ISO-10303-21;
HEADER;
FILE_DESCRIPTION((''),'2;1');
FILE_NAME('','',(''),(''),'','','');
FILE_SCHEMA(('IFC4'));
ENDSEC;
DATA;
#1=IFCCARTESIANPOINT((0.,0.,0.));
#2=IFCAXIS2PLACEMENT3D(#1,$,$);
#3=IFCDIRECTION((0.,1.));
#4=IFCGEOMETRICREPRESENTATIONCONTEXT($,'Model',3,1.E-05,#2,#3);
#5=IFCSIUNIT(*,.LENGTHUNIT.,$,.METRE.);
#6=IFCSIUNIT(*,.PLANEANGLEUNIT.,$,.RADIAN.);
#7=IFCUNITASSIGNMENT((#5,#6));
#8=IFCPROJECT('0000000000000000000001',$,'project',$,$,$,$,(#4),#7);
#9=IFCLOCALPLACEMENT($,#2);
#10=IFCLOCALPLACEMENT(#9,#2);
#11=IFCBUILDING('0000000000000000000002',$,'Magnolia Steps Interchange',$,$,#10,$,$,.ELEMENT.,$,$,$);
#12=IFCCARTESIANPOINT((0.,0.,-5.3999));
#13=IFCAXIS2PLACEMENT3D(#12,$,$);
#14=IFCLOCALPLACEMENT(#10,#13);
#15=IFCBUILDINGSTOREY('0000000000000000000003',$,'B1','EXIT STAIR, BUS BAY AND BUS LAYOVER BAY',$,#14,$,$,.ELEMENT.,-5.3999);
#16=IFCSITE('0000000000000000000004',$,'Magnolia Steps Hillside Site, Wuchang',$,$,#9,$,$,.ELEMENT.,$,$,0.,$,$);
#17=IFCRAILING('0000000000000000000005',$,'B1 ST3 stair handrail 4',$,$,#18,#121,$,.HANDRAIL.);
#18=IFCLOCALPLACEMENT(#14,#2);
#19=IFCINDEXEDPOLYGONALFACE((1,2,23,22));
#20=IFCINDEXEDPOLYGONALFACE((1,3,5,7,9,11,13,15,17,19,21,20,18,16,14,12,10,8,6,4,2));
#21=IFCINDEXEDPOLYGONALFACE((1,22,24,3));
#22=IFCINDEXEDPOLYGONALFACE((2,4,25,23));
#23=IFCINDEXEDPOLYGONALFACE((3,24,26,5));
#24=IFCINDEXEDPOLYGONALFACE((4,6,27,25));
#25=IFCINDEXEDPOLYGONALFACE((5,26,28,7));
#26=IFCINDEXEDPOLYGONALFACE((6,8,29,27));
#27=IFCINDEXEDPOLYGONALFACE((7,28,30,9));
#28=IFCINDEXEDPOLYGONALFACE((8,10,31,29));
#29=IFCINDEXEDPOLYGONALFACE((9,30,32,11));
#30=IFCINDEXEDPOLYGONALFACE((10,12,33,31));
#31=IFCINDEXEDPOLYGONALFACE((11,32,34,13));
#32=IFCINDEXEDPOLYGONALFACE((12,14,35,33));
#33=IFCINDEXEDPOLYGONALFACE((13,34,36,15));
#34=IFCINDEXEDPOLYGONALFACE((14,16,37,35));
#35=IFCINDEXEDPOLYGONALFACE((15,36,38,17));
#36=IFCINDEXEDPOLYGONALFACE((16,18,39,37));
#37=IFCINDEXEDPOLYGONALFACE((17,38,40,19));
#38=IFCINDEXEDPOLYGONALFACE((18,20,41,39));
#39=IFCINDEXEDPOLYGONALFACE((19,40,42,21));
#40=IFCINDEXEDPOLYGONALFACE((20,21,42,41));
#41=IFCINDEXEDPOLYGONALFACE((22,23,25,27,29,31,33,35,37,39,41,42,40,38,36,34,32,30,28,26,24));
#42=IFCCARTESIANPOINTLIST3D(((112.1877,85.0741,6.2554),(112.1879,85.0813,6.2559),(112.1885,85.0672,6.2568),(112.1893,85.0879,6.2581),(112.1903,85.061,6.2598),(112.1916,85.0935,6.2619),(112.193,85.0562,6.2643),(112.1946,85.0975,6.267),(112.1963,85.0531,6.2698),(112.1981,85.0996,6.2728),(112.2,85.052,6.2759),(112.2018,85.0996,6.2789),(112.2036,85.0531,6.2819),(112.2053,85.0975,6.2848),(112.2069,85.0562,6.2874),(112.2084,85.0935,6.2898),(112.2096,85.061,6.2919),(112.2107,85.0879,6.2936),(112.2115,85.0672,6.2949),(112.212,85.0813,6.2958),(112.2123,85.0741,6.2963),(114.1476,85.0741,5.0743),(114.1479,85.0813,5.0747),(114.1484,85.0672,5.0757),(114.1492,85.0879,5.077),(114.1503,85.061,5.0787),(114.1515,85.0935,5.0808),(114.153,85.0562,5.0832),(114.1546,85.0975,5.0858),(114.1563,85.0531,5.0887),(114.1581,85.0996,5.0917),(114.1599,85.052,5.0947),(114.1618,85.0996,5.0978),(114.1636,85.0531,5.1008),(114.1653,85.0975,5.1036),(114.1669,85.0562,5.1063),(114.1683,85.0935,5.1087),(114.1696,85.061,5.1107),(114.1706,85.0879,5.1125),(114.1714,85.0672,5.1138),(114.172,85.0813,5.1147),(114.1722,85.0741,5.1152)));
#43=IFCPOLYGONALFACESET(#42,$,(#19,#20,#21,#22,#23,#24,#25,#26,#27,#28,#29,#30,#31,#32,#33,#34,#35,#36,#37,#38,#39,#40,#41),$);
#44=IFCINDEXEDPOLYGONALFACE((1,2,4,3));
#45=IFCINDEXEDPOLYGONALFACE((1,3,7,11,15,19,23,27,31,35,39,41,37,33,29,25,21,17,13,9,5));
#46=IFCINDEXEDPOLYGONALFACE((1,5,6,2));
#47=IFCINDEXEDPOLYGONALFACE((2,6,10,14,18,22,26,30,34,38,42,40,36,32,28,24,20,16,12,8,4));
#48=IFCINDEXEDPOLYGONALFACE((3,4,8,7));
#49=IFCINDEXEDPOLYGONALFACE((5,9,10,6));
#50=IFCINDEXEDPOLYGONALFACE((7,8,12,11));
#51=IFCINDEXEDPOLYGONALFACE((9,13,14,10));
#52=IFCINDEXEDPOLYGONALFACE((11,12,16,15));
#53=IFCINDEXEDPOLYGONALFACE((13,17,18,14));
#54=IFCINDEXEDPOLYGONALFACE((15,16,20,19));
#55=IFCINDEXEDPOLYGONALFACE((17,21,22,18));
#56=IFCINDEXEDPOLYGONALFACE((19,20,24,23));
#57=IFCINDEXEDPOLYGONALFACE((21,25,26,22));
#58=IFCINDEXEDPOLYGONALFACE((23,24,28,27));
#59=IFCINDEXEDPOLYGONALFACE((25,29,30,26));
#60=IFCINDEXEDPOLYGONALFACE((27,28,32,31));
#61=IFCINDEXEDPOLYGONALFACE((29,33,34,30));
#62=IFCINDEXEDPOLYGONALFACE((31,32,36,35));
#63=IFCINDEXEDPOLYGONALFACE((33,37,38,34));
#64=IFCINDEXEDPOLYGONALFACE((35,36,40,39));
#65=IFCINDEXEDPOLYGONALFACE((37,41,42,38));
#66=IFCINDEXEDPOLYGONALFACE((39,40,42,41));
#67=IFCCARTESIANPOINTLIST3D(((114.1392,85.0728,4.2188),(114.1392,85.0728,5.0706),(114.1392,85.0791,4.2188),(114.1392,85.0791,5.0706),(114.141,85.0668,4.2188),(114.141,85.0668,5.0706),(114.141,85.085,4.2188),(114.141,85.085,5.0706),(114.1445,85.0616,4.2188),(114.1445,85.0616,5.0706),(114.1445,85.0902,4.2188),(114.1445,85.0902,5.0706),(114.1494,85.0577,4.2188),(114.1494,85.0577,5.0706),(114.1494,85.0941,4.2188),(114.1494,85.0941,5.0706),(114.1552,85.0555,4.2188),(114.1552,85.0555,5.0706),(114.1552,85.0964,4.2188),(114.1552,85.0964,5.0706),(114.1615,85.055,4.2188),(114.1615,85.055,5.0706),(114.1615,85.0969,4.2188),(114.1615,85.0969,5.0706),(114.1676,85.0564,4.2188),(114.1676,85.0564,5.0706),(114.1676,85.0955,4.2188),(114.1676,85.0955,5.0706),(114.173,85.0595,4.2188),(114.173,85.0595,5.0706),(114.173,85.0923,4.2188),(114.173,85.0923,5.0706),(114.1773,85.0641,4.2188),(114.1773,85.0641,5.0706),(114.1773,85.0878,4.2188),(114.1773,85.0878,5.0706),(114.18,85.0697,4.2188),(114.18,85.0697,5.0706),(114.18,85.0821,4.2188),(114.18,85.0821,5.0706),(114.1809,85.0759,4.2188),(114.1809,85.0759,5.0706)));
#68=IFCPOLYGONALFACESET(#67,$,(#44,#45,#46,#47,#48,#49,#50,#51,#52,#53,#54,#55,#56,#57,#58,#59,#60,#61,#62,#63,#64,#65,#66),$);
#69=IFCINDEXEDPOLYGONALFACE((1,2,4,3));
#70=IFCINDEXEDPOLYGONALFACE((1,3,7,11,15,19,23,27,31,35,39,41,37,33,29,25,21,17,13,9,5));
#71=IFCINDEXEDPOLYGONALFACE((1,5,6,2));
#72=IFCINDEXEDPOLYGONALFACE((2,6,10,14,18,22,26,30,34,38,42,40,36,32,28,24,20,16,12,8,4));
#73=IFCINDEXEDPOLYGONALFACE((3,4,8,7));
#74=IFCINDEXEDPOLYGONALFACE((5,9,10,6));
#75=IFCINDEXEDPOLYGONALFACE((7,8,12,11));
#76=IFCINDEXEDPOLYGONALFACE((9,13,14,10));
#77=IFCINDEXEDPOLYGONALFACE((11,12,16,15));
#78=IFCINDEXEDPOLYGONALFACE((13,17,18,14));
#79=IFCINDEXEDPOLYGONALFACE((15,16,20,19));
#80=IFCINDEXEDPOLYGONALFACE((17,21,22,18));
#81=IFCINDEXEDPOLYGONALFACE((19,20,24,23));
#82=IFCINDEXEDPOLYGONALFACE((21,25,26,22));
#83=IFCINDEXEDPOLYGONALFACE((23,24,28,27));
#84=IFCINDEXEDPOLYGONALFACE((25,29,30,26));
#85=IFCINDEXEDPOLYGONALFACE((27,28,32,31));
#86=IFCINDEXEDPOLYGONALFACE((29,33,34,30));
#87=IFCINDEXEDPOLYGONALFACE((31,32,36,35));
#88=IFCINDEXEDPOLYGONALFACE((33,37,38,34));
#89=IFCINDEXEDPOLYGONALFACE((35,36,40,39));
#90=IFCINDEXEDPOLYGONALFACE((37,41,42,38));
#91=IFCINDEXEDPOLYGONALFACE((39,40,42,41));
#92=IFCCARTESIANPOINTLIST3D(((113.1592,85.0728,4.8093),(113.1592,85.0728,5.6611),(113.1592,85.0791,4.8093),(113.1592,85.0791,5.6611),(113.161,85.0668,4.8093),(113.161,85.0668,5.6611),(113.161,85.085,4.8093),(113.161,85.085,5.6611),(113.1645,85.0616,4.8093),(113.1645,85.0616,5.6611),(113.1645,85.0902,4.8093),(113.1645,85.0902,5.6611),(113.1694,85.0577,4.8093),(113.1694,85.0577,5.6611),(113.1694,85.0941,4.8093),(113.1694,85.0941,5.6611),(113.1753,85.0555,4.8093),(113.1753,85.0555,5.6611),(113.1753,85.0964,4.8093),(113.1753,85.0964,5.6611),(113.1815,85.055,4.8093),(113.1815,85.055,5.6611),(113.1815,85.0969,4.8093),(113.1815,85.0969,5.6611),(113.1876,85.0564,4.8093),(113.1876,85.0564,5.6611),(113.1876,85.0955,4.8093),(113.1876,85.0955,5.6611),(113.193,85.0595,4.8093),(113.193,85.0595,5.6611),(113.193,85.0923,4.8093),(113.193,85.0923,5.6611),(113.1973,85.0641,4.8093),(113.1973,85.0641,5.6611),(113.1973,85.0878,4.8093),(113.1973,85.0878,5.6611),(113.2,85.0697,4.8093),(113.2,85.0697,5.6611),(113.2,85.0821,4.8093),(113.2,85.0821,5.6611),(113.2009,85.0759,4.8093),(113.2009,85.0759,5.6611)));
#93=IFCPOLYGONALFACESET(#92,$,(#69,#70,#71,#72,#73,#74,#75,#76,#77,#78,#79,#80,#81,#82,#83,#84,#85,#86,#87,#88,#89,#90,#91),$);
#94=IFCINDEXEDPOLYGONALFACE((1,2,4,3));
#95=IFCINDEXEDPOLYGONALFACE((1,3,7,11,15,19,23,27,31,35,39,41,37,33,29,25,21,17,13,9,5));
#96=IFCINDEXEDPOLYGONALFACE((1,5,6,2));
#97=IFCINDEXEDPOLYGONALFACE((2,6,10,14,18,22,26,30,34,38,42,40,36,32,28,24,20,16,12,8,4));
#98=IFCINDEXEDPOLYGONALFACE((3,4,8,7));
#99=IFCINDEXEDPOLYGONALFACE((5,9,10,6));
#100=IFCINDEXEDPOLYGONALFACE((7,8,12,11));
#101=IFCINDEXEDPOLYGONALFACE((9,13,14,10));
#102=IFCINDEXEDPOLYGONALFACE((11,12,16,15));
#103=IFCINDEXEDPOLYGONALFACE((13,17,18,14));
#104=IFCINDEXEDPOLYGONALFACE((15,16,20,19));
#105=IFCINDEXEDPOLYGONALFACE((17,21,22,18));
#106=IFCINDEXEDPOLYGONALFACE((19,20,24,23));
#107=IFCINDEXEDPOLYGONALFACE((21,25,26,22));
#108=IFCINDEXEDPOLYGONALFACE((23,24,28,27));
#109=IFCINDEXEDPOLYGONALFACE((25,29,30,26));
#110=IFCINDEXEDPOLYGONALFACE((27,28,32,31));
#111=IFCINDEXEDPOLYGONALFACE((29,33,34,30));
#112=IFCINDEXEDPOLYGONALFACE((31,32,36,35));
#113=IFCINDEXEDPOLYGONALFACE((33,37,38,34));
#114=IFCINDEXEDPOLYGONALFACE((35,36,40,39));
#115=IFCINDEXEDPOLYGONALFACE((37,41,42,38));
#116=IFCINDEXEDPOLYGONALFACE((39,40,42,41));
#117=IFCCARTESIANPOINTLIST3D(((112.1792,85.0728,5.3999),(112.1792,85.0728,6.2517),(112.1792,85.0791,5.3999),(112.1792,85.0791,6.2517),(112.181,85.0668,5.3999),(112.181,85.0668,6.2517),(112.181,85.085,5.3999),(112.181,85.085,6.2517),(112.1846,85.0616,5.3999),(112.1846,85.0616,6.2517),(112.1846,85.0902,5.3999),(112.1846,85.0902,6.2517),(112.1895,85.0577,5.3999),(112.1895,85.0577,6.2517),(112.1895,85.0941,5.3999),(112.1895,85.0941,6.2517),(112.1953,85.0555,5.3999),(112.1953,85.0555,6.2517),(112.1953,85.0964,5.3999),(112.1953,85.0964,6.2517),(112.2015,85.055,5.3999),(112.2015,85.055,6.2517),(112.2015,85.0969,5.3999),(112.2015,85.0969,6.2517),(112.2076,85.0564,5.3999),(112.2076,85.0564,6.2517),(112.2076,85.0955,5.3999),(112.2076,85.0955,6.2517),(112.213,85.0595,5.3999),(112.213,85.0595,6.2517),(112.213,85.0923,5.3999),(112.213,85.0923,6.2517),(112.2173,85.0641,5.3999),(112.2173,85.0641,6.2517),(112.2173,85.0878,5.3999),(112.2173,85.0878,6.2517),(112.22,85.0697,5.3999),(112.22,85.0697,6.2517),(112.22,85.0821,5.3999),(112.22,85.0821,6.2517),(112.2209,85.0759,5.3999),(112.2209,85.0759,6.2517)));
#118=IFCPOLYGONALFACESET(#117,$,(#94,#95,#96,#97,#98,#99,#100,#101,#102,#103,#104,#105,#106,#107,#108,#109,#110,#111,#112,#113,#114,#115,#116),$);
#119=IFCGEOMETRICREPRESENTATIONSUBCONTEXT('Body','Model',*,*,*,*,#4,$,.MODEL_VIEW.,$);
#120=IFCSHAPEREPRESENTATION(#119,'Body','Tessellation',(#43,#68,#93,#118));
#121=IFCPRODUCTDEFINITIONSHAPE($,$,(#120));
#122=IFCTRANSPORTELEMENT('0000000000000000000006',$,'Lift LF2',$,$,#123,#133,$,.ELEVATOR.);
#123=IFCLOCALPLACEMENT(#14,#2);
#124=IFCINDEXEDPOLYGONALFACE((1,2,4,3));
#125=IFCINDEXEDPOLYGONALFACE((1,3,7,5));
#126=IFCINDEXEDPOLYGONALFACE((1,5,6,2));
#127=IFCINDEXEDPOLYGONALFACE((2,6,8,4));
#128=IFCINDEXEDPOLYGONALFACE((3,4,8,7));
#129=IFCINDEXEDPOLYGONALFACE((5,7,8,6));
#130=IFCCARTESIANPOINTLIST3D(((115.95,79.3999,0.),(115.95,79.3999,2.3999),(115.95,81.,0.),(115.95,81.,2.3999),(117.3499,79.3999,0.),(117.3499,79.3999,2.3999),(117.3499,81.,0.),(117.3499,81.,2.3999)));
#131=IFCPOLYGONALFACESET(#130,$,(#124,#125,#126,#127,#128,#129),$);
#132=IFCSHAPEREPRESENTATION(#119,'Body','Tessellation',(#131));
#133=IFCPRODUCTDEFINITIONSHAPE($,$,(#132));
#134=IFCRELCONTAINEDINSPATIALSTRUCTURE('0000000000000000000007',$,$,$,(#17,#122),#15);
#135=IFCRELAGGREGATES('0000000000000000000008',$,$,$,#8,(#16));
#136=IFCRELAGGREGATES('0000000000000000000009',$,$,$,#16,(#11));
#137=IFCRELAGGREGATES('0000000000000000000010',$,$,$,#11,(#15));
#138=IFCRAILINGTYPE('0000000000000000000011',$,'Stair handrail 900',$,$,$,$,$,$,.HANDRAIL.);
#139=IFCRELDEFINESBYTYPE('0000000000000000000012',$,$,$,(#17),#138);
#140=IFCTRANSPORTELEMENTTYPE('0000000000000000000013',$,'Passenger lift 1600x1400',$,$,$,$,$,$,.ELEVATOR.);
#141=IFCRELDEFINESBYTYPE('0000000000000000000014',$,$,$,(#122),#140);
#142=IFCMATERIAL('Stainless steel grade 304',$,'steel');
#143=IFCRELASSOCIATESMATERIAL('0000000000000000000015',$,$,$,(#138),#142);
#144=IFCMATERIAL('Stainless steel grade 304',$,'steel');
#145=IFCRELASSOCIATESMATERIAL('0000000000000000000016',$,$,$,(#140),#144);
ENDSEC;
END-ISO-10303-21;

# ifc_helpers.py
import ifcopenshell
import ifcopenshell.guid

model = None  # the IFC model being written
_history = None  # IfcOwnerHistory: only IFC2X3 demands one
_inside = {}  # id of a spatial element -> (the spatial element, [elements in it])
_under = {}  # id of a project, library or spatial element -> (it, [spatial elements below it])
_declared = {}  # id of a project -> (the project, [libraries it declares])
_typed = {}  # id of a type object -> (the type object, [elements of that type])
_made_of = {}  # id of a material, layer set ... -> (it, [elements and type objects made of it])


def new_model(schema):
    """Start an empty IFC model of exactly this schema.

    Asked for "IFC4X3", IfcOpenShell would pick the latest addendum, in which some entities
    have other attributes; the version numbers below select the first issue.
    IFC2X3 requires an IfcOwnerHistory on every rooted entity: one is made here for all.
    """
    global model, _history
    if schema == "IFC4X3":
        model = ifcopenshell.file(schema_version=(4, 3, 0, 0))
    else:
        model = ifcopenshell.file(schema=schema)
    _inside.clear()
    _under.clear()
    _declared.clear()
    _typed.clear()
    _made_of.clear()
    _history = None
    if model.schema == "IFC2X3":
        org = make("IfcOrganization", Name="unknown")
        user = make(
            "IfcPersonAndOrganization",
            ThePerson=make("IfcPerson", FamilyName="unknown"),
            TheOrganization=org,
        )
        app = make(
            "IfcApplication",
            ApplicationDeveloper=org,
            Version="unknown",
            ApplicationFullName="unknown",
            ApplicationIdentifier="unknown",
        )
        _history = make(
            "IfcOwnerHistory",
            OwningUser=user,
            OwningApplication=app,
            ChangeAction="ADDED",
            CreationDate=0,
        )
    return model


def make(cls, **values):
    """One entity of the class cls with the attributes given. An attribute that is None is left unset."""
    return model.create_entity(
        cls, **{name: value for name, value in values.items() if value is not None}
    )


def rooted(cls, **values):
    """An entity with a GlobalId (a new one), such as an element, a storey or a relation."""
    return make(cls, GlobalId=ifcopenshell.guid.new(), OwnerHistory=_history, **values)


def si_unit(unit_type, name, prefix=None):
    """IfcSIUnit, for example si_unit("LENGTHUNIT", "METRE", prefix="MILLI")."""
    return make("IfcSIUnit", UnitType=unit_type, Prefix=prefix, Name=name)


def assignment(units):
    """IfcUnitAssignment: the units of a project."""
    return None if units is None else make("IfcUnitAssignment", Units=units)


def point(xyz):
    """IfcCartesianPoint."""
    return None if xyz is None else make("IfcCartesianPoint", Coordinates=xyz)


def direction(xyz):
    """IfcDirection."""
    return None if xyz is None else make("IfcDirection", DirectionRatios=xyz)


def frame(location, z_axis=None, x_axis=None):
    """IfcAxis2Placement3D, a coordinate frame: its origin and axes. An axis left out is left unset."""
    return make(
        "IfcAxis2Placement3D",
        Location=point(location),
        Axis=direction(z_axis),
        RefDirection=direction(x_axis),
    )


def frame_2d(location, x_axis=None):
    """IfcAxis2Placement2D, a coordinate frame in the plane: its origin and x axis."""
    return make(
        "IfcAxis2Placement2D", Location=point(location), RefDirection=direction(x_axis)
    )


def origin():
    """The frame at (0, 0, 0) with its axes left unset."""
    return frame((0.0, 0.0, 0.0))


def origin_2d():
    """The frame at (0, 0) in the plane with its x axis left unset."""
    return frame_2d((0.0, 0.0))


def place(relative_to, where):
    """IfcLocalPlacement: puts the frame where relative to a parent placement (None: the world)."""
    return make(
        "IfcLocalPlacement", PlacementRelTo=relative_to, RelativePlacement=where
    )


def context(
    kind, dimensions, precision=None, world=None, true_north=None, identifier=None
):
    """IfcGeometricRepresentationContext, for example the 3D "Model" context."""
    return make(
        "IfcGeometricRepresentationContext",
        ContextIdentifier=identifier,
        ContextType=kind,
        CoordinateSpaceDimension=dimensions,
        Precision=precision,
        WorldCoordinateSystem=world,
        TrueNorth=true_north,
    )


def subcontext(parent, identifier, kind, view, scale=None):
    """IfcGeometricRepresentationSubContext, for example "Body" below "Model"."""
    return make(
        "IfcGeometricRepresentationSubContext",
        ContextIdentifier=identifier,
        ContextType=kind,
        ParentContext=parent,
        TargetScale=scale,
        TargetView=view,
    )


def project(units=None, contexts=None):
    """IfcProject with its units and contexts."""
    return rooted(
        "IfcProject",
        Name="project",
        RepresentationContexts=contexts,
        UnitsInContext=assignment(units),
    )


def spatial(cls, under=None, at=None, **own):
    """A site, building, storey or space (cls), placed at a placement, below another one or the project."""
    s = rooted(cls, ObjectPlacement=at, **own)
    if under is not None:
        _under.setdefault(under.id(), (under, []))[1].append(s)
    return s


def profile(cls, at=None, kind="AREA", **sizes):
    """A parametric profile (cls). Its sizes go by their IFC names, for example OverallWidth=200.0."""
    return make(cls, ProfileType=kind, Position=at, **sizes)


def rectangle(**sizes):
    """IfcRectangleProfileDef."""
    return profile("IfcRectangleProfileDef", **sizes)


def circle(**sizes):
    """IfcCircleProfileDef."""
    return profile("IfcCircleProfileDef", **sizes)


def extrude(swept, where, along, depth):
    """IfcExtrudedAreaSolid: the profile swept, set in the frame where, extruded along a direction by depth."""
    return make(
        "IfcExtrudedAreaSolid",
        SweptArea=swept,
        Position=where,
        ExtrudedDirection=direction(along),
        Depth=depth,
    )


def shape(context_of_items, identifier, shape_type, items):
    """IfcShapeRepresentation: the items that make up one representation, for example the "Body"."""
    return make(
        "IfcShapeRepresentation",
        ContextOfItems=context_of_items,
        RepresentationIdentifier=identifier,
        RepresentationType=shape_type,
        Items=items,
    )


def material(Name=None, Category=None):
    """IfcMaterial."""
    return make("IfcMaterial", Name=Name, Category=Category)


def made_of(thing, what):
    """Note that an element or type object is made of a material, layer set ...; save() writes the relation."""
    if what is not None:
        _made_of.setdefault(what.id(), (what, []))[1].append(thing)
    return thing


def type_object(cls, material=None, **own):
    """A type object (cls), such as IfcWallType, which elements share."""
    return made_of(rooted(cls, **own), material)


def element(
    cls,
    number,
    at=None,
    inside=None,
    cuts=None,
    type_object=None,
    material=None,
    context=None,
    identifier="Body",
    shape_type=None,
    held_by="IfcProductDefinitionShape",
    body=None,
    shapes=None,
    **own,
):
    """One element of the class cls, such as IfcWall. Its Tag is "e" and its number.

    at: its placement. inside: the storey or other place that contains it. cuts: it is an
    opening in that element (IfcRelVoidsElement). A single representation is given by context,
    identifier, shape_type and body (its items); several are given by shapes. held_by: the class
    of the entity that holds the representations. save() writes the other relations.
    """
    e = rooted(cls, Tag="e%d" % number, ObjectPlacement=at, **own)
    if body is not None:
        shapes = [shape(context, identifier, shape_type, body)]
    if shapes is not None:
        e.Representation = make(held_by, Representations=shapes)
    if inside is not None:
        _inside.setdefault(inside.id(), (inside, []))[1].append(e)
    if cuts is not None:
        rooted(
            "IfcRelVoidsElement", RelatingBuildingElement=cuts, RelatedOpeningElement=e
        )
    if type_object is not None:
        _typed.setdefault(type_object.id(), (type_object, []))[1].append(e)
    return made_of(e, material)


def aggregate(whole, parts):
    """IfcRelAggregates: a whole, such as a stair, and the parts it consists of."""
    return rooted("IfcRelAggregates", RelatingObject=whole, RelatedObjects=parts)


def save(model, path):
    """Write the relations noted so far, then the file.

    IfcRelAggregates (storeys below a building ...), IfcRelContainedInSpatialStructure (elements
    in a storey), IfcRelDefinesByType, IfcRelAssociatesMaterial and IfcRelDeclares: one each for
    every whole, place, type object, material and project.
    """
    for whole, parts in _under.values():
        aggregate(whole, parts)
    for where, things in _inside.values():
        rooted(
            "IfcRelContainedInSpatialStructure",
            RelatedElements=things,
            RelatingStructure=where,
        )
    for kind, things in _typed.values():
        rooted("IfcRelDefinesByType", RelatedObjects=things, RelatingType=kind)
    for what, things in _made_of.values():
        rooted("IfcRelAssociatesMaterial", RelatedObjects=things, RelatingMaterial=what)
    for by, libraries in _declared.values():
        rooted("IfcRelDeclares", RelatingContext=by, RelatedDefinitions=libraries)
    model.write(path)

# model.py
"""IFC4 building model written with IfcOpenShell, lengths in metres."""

from ifc_helpers import new_model, si_unit, direction, frame, origin, origin_2d, place, context, subcontext, project, spatial, rectangle, circle, extrude, material, type_object, element, save


model = new_model("IFC4")

# Units and contexts
model_context = context("Model", 3, precision=1e-05, world=origin(), true_north=direction((0.0, 1.0)))
body_context = subcontext(model_context, "Body", "Model", "MODEL_VIEW")
ifc_project = project(units=[si_unit("LENGTHUNIT", "METRE"), si_unit("PLANEANGLEUNIT", "RADIAN")], contexts=[model_context])

# Site, building, storey
site_placement = place(None, origin())
site = spatial("IfcSite", under=ifc_project, at=site_placement, Name="Magnolia Steps Hillside Site, Wuchang", CompositionType="ELEMENT", RefElevation=0.0)
building_placement = place(site_placement, origin())
building = spatial("IfcBuilding", under=site, at=building_placement, Name="Magnolia Steps Interchange", CompositionType="ELEMENT")
storey_placement = place(building_placement, frame((0.0, 0.0, -5.3999)))
storey = spatial("IfcBuildingStorey", under=building, at=storey_placement, Name="B1", Description="EXIT STAIR, BUS BAY AND BUS LAYOVER BAY", CompositionType="ELEMENT", Elevation=-5.3999)

# Railing
ifc_material_1 = material(Name="Stainless steel grade 304", Category="steel")
railing_type_1 = type_object("IfcRailingType", Name="Stair handrail 900", PredefinedType="HANDRAIL", material=ifc_material_1)
railing_1_placement = place(storey_placement, frame((114.1599, 85.0759, 4.2188)))
element("IfcRailing", 1, at=railing_1_placement, inside=storey, type_object=railing_type_1, Name="B1 ST3 stair handrail 4", PredefinedType="HANDRAIL", context=body_context, shape_type="SweptSolid", body=[
    extrude(circle(Radius=0.0239, at=origin_2d()), frame((0.0, 0.0, 0.876), z_axis=(-0.856493, 0.0, 0.516158), x_axis=(0.0, -1.0, 0.0)), (0.0, 0.0, 1.0), 2.2883),
    extrude(circle(Radius=0.021, at=origin_2d()), origin(), (0.0, 0.0, 1.0), 0.8518),
    extrude(circle(Radius=0.021, at=origin_2d()), frame((-0.98, 0.0, 0.5906)), (0.0, 0.0, 1.0), 0.8518),
    extrude(circle(Radius=0.021, at=origin_2d()), frame((-1.96, 0.0, 1.1812)), (0.0, 0.0, 1.0), 0.8518),
])

# Transport element
ifc_material_2 = material(Name="Stainless steel grade 304", Category="steel")
transport_element_type = type_object("IfcTransportElementType", Name="Passenger lift 1600x1400", PredefinedType="ELEVATOR", material=ifc_material_2)
transport_element_placement = place(storey_placement, frame((116.6499, 80.2, 0.0), z_axis=(0.0, 0.0, 1.0), x_axis=(0.0, -1.0, 0.0)))
element("IfcTransportElement", 2, at=transport_element_placement, inside=storey, type_object=transport_element_type, Name="Lift LF2", PredefinedType="ELEVATOR", context=body_context, shape_type="SweptSolid", body=[
    extrude(rectangle(XDim=1.6001, YDim=1.3999, at=origin_2d()), origin(), (0.0, 0.0, 1.0), 2.3999),
])

save(model, "model.ifc")
